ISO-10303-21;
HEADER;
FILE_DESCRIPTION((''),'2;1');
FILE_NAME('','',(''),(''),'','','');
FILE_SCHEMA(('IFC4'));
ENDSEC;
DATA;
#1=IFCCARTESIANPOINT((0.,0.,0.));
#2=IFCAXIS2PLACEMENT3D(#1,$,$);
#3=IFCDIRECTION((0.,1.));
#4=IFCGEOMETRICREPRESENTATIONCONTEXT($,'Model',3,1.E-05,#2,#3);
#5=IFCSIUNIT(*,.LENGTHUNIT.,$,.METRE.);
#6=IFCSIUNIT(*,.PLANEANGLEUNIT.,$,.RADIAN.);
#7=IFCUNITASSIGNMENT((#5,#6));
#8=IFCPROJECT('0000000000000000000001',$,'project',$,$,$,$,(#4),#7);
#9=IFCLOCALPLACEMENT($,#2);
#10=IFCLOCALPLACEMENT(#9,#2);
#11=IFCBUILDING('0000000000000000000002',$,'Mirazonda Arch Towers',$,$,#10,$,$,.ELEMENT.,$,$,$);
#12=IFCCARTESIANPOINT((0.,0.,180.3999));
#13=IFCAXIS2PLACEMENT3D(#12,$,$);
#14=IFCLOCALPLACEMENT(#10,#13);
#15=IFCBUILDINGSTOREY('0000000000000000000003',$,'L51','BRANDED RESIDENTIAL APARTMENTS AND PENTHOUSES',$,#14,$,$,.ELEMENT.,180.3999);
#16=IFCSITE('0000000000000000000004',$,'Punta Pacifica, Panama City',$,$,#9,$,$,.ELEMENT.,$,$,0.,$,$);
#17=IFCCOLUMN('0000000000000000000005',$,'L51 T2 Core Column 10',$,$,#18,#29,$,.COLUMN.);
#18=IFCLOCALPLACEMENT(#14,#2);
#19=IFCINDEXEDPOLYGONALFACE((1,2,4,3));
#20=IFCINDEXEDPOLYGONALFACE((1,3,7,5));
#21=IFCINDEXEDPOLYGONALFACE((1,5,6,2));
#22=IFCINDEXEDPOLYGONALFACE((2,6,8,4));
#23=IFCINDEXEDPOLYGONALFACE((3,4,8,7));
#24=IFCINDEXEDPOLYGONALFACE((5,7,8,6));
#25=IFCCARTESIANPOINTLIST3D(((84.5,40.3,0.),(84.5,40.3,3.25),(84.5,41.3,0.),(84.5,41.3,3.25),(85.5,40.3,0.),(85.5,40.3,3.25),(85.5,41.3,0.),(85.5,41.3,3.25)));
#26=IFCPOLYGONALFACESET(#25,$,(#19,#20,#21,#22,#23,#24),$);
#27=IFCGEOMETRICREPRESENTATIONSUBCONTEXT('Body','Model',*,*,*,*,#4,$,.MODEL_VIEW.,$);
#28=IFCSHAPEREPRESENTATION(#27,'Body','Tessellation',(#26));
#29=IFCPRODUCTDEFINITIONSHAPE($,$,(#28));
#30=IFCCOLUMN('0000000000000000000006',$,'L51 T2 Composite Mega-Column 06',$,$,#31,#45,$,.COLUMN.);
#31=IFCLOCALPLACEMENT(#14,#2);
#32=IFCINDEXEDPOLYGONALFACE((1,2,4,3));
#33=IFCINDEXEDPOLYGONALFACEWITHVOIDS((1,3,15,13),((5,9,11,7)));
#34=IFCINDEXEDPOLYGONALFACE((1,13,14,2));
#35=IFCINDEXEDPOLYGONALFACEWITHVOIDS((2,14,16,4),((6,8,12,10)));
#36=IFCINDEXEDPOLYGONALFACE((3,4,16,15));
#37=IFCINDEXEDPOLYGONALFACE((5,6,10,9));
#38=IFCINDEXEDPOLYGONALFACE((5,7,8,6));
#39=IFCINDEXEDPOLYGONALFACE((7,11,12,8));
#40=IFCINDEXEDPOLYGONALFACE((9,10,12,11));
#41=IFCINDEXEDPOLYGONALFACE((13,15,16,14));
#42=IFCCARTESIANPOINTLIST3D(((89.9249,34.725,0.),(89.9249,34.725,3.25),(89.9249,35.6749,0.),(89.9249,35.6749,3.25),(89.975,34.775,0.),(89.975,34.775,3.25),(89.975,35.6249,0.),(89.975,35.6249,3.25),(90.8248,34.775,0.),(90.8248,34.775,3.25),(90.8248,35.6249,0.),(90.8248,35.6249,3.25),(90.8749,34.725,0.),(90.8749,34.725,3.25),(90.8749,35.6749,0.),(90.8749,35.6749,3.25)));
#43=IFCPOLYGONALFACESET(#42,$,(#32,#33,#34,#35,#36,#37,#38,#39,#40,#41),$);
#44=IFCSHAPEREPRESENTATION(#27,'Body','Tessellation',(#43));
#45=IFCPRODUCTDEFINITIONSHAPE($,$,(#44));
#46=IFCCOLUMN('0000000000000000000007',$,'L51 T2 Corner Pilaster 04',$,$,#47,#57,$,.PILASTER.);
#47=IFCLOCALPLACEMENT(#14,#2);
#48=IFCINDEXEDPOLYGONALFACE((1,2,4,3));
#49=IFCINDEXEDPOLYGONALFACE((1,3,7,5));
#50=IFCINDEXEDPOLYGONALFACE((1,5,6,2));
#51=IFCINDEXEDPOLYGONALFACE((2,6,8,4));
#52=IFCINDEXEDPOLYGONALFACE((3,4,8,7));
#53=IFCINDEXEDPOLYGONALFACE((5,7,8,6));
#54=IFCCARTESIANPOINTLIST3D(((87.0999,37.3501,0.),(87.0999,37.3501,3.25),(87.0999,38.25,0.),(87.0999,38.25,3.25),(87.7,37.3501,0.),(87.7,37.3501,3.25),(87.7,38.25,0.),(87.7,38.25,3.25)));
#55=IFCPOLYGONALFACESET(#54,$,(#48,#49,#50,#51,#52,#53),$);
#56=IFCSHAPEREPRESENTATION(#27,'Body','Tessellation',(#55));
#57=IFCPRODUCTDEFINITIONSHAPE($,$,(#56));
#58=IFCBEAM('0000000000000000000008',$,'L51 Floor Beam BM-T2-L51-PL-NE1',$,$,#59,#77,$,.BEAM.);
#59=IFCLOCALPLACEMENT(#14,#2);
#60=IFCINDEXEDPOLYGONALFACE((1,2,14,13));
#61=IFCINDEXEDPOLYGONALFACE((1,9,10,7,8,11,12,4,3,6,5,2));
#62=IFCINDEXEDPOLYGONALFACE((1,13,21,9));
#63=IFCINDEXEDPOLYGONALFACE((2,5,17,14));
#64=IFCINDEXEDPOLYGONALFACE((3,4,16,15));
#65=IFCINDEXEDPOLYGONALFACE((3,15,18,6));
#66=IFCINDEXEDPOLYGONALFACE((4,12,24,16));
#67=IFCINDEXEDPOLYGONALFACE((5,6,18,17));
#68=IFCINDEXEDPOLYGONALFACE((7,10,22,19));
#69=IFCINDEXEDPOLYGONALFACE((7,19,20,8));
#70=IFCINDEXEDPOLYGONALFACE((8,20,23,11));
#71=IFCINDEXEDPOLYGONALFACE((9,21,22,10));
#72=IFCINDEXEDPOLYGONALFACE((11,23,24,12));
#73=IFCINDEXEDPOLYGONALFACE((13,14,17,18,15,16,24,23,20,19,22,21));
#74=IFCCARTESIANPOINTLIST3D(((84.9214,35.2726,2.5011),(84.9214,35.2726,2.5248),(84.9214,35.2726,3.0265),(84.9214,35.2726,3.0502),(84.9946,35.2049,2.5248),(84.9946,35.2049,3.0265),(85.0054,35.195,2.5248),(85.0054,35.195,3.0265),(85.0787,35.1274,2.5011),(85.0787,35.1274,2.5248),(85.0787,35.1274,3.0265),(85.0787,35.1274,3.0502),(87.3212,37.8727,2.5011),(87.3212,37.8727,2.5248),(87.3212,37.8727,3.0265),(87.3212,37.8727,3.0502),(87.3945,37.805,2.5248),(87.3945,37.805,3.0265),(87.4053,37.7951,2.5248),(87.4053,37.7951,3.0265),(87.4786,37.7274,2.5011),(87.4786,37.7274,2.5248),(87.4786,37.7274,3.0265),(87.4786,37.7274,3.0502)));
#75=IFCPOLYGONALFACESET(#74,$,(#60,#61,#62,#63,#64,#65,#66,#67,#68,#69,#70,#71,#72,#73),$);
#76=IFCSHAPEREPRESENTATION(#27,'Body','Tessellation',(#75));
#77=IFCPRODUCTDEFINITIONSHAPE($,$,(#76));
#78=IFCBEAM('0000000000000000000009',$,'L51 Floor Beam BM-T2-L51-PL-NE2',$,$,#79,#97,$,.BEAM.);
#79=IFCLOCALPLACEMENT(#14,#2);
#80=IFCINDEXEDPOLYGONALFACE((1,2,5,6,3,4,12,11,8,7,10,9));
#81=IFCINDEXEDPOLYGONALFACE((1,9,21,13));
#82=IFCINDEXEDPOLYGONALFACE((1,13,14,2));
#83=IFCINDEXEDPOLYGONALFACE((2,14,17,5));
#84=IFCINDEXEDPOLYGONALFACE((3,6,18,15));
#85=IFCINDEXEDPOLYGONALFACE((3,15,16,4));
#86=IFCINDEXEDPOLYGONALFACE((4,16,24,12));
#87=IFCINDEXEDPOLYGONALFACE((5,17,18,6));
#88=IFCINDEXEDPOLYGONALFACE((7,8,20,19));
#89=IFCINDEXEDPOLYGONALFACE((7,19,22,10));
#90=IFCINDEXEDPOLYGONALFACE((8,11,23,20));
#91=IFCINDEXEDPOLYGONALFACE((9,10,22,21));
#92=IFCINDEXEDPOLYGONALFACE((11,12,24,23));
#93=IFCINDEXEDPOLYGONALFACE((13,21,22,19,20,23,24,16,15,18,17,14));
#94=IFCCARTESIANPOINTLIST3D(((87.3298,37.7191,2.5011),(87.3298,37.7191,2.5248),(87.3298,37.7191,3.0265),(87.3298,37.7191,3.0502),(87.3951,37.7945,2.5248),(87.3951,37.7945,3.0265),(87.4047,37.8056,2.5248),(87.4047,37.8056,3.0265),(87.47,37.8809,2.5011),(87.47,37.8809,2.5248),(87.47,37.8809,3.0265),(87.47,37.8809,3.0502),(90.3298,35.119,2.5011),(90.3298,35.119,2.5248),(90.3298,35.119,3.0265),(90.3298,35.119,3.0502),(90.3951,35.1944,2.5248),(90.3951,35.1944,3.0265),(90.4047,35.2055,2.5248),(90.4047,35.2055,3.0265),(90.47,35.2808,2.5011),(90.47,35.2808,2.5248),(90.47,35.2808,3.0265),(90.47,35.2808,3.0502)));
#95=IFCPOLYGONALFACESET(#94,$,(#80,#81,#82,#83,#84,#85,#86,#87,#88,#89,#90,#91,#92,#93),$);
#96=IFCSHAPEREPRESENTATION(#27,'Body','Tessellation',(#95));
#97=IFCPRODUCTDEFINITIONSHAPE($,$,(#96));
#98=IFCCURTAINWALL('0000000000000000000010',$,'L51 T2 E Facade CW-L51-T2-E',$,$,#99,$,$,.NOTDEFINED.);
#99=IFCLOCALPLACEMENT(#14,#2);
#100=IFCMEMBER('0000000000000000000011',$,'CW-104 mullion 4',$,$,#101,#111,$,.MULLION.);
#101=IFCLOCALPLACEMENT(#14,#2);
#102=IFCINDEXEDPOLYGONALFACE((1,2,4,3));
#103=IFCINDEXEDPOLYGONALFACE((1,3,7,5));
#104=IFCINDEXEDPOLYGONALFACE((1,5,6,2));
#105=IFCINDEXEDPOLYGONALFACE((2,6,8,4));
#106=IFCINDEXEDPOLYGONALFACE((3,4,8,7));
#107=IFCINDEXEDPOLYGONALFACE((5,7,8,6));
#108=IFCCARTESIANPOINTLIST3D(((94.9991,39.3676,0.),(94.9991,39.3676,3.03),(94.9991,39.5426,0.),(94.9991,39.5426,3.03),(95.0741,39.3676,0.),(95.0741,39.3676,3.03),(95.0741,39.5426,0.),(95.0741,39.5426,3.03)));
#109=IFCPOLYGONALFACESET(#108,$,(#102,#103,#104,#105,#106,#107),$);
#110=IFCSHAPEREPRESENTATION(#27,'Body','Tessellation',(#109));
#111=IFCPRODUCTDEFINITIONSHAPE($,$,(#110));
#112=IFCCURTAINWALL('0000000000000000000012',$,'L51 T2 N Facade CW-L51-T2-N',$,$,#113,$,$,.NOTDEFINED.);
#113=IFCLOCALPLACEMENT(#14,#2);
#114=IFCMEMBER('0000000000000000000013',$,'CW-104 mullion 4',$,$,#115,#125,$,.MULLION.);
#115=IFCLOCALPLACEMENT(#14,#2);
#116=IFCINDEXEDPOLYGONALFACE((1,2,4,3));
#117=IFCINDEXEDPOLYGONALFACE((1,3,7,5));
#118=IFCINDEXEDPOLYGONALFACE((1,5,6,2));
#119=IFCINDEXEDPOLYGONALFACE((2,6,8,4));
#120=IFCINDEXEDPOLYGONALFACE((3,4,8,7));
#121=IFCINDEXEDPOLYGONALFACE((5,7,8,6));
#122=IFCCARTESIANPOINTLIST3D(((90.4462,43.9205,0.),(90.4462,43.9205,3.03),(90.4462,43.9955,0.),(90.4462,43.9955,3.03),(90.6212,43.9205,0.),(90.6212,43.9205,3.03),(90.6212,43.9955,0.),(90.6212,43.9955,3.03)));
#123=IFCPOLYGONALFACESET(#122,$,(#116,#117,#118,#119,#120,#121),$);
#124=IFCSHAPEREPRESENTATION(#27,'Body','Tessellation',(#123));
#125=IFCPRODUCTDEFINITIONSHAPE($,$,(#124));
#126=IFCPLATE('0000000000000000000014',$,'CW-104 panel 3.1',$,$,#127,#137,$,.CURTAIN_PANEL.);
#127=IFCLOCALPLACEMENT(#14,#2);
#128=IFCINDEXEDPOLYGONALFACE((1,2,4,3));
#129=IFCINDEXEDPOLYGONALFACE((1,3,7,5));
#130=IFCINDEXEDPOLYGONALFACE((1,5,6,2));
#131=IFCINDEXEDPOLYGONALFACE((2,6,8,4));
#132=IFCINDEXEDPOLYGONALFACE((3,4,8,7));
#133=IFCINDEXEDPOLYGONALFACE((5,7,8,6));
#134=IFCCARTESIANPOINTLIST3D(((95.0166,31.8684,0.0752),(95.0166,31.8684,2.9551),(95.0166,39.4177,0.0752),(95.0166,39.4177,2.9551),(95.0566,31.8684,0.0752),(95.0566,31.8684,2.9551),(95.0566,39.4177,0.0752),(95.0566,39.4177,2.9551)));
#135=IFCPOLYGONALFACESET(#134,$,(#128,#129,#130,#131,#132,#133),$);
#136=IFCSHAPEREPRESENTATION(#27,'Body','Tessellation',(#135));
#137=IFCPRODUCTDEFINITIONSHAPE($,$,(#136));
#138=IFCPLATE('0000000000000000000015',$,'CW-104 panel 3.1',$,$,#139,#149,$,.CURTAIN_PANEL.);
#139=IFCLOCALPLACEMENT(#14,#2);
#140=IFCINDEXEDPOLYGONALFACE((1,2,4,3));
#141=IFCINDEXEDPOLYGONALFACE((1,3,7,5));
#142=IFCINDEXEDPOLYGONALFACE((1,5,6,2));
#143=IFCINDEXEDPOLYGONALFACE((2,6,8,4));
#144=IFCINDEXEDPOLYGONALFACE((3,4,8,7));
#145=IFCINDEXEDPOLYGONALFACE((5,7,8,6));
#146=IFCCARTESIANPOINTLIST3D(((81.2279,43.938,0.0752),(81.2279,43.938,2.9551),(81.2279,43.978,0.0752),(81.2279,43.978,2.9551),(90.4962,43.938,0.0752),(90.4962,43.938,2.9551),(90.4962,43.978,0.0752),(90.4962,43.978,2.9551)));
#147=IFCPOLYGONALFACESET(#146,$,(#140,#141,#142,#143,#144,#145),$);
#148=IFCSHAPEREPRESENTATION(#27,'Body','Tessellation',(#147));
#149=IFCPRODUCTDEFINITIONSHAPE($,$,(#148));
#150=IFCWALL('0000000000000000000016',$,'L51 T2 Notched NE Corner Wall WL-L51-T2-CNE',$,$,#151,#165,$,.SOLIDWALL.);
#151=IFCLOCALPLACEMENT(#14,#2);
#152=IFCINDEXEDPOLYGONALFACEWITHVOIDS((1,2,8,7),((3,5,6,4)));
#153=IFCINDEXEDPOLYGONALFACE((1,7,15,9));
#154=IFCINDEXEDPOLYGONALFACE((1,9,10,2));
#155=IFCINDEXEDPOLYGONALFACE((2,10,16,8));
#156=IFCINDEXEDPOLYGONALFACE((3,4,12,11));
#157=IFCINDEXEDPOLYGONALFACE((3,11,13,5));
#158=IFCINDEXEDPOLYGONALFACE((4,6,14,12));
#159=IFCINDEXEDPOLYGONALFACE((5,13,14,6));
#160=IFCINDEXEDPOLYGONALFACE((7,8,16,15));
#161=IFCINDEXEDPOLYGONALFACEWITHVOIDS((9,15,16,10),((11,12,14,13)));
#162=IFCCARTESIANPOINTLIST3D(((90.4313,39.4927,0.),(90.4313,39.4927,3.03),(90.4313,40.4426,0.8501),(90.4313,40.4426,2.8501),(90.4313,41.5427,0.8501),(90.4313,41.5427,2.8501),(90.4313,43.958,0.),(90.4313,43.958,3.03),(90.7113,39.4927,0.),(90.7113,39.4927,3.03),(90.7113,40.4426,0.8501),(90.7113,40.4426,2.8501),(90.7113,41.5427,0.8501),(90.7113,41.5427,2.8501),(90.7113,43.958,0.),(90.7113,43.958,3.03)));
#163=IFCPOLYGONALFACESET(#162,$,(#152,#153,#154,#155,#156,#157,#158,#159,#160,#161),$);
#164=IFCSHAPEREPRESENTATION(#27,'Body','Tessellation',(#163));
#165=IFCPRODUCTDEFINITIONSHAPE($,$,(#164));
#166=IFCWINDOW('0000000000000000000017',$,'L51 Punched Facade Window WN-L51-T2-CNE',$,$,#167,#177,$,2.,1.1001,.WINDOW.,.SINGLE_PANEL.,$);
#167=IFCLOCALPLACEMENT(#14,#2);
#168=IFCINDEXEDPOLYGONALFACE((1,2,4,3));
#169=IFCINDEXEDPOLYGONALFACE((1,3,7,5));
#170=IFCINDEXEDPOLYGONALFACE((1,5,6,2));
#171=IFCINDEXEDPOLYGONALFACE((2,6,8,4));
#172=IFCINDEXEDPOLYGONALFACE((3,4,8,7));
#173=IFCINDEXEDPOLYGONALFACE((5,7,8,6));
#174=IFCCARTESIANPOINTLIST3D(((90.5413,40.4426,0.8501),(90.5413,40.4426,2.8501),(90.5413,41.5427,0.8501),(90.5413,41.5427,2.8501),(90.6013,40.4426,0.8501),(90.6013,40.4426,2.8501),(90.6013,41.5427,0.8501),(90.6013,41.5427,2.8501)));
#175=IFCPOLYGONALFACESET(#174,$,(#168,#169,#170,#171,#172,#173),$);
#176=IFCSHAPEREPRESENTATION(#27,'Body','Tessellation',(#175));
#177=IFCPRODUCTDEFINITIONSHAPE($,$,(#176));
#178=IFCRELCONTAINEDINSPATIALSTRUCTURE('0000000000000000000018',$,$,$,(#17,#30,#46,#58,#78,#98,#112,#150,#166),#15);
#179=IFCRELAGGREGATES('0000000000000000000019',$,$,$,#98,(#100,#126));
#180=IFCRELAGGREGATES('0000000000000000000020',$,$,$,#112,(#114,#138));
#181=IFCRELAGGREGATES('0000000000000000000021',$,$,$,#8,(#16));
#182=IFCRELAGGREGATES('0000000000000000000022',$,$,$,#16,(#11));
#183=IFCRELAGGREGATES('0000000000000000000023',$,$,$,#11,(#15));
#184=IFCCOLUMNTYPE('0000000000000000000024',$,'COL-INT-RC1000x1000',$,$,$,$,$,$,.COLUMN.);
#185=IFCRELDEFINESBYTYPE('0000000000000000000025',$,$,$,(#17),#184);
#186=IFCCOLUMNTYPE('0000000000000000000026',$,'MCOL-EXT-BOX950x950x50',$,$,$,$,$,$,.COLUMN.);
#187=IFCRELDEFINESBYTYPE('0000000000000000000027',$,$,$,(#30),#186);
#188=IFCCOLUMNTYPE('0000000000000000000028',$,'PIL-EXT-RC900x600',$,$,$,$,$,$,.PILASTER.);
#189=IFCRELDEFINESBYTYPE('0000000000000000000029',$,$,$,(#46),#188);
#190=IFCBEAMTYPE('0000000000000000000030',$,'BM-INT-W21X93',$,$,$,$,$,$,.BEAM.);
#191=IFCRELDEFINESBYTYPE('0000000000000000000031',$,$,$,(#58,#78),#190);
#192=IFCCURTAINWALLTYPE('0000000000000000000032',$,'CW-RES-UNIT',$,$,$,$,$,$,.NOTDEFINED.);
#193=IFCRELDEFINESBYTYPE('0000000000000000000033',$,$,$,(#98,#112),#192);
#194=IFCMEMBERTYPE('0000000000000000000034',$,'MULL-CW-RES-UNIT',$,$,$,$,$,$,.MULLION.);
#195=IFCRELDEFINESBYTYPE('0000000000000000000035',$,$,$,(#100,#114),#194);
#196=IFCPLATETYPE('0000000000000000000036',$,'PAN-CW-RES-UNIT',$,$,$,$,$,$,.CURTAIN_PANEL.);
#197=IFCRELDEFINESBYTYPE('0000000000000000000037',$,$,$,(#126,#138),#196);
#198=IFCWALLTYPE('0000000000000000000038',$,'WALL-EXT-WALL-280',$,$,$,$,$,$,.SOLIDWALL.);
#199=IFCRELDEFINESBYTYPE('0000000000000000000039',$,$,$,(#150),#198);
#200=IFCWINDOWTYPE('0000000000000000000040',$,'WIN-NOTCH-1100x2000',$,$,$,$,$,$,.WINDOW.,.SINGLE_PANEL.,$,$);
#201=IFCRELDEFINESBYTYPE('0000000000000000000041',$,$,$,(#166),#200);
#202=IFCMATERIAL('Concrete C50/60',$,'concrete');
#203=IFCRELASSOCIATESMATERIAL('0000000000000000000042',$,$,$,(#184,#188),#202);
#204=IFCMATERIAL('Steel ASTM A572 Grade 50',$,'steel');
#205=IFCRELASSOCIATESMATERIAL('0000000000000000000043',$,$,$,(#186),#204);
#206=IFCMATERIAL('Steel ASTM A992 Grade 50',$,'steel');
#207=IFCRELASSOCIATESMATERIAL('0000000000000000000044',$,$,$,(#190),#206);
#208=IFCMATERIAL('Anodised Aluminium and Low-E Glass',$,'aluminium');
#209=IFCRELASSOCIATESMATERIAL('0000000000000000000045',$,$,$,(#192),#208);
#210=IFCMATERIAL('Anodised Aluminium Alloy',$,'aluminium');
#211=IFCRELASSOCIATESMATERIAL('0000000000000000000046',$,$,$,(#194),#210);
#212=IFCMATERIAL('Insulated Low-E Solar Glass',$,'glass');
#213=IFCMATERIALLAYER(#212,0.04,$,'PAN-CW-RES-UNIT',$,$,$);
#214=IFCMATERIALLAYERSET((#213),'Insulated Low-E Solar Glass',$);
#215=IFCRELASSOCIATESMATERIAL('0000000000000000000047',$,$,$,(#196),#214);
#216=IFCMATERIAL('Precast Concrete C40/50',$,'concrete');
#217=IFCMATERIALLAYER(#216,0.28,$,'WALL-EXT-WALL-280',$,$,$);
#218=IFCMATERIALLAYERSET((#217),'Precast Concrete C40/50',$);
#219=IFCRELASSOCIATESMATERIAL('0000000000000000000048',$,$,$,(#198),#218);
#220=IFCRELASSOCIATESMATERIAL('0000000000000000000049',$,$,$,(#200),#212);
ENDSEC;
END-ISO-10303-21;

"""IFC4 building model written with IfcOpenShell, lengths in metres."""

from ifc_helpers import new_model, si_unit, direction, frame, frame_2d, origin, origin_2d, place, context, subcontext, project, spatial, rectangle, hollow_rectangle, i_section, extrude, material, layer, layer_set, material_profile, profile_set, type_object, element, fill, aggregate, save


model = new_model("IFC4")

# Units and contexts
model_context = context("Model", 3, precision=1e-05, world=origin(), true_north=direction((0.0, 1.0)))
body_context = subcontext(model_context, "Body", "Model", "MODEL_VIEW")
ifc_project = project(units=[si_unit("LENGTHUNIT", "METRE"), si_unit("PLANEANGLEUNIT", "RADIAN")], contexts=[model_context])

# Site, building, storey
site_placement = place(None, origin())
site = spatial("IfcSite", under=ifc_project, at=site_placement, Name="Punta Pacifica, Panama City", CompositionType="ELEMENT", RefElevation=0.0)
building_placement = place(site_placement, origin())
building = spatial("IfcBuilding", under=site, at=building_placement, Name="Mirazonda Arch Towers", CompositionType="ELEMENT")
storey_placement = place(building_placement, frame((0.0, 0.0, 180.3999)))
storey = spatial("IfcBuildingStorey", under=building, at=storey_placement, Name="L51", Description="BRANDED RESIDENTIAL APARTMENTS AND PENTHOUSES", CompositionType="ELEMENT", Elevation=180.3999)

# Columns
ifc_material_1 = material(Name="Concrete C50/60", Category="concrete")
ifc_material_profile_1 = material_profile(ifc_material_1, rectangle(XDim=1.0, YDim=1.0, at=origin_2d()), Name="RC1000x1000")
ifc_profile_set_1 = profile_set([ifc_material_profile_1], Name="Concrete C50/60")
column_type_1 = type_object("IfcColumnType", Name="COL-INT-RC1000x1000", PredefinedType="COLUMN", material=ifc_profile_set_1)
column_1_placement = place(storey_placement, frame((85.0, 40.8, 0.0), z_axis=(0.0, 0.0, 1.0), x_axis=(1.0, 0.0, 0.0)))
element("IfcColumn", 1, at=column_1_placement, inside=storey, type_object=column_type_1, Name="L51 T2 Core Column 10", PredefinedType="COLUMN", context=body_context, shape_type="SweptSolid", body=[
    extrude(rectangle(XDim=1.0, YDim=1.0, at=origin_2d()), origin(), (0.0, 0.0, 1.0), 3.25),
])
ifc_material_2 = material(Name="Steel ASTM A572 Grade 50", Category="steel")
ifc_material_profile_2 = material_profile(ifc_material_2, hollow_rectangle(XDim=0.95, YDim=0.95, WallThickness=0.05, at=origin_2d()), Name="BOX950x950x50")
ifc_profile_set_2 = profile_set([ifc_material_profile_2], Name="Steel ASTM A572 Grade 50")
column_type_2 = type_object("IfcColumnType", Name="MCOL-EXT-BOX950x950x50", PredefinedType="COLUMN", material=ifc_profile_set_2)
column_2_placement = place(storey_placement, frame((90.3999, 35.2, 0.0), z_axis=(0.0, 0.0, 1.0), x_axis=(1.0, 0.0, 0.0)))
element("IfcColumn", 2, at=column_2_placement, inside=storey, type_object=column_type_2, Name="L51 T2 Composite Mega-Column 06", PredefinedType="COLUMN", context=body_context, shape_type="SweptSolid", body=[
    extrude(hollow_rectangle(XDim=0.95, YDim=0.95, WallThickness=0.05, at=origin_2d()), origin(), (0.0, 0.0, 1.0), 3.25),
])
ifc_material_profile_3 = material_profile(ifc_material_1, rectangle(XDim=0.6001, YDim=0.8999, at=origin_2d()), Name="RC900x600")
ifc_profile_set_3 = profile_set([ifc_material_profile_3], Name="Concrete C50/60")
column_type_3 = type_object("IfcColumnType", Name="PIL-EXT-RC900x600", PredefinedType="PILASTER", material=ifc_profile_set_3)
column_3_placement = place(storey_placement, frame((87.3999, 37.8, 0.0), z_axis=(0.0, 0.0, 1.0), x_axis=(1.0, 0.0, 0.0)))
element("IfcColumn", 3, at=column_3_placement, inside=storey, type_object=column_type_3, Name="L51 T2 Corner Pilaster 04", PredefinedType="PILASTER", context=body_context, shape_type="SweptSolid", body=[
    extrude(rectangle(XDim=0.6001, YDim=0.8999, at=origin_2d()), origin(), (0.0, 0.0, 1.0), 3.25),
])

# Beams
ifc_material_3 = material(Name="Steel ASTM A992 Grade 50", Category="steel")
ifc_material_profile_4 = material_profile(ifc_material_3, i_section(OverallWidth=0.2141, OverallDepth=0.5491, WebThickness=0.0146, FlangeThickness=0.0237, at=origin_2d()), Name="W21X93")
ifc_profile_set_4 = profile_set([ifc_material_profile_4], Name="Steel ASTM A992 Grade 50")
beam_type = type_object("IfcBeamType", Name="BM-INT-W21X93", PredefinedType="BEAM", material=ifc_profile_set_4)
beam_1_placement = place(storey_placement, frame((87.3999, 37.8, 2.7756), z_axis=(-0.678251, -0.73483, 0.0), x_axis=(0.73483, -0.678251, 0.0)))
element("IfcBeam", 4, at=beam_1_placement, inside=storey, type_object=beam_type, Name="L51 Floor Beam BM-T2-L51-PL-NE1", PredefinedType="BEAM", context=body_context, shape_type="SweptSolid", body=[
    extrude(i_section(OverallWidth=0.2141, OverallDepth=0.5491, WebThickness=0.0146, FlangeThickness=0.0237, at=origin_2d()), origin(), (0.0, 0.0, 1.0), 3.5383),
])
beam_2_placement = place(storey_placement, frame((87.3999, 37.8, 2.7756), z_axis=(0.755677, -0.654945, 0.0), x_axis=(0.654945, 0.755677, 0.0)))
element("IfcBeam", 5, at=beam_2_placement, inside=storey, type_object=beam_type, Name="L51 Floor Beam BM-T2-L51-PL-NE2", PredefinedType="BEAM", context=body_context, shape_type="SweptSolid", body=[
    extrude(i_section(OverallWidth=0.2141, OverallDepth=0.5491, WebThickness=0.0146, FlangeThickness=0.0237, at=origin_2d()), origin(), (0.0, 0.0, 1.0), 3.97),
])

# Curtain walls, members
ifc_material_4 = material(Name="Anodised Aluminium and Low-E Glass", Category="aluminium")
curtain_wall_type = type_object("IfcCurtainWallType", Name="CW-RES-UNIT", PredefinedType="NOTDEFINED", material=ifc_material_4)
curtain_wall_1_placement = place(storey_placement, origin())
curtain_wall_1 = element("IfcCurtainWall", 6, at=curtain_wall_1_placement, inside=storey, type_object=curtain_wall_type, Name="L51 T2 E Facade CW-L51-T2-E", PredefinedType="NOTDEFINED")
ifc_material_5 = material(Name="Anodised Aluminium Alloy", Category="aluminium")
ifc_material_profile_5 = material_profile(ifc_material_5, rectangle(XDim=0.075, YDim=0.175, at=origin_2d()), Name="ALU-MULL-75x175")
ifc_profile_set_5 = profile_set([ifc_material_profile_5], Name="Anodised Aluminium Alloy")
member_type = type_object("IfcMemberType", Name="MULL-CW-RES-UNIT", PredefinedType="MULLION", material=ifc_profile_set_5)
member_1_placement = place(storey_placement, frame((95.0366, 39.4551, 0.0), z_axis=(0.0, 0.0, 1.0), x_axis=(-1.0, 0.0, 0.0)))
member_1 = element("IfcMember", 7, at=member_1_placement, type_object=member_type, Name="CW-104 mullion 4", PredefinedType="MULLION", context=body_context, shape_type="SweptSolid", body=[
    extrude(rectangle(XDim=0.075, YDim=0.175, at=origin_2d()), origin(), (0.0, 0.0, 1.0), 3.03),
])
curtain_wall_2_placement = place(storey_placement, origin())
curtain_wall_2 = element("IfcCurtainWall", 8, at=curtain_wall_2_placement, inside=storey, type_object=curtain_wall_type, Name="L51 T2 N Facade CW-L51-T2-N", PredefinedType="NOTDEFINED")
member_2_placement = place(storey_placement, frame((90.5337, 43.958, 0.0), z_axis=(0.0, 0.0, 1.0), x_axis=(0.0, 1.0, 0.0)))
member_2 = element("IfcMember", 9, at=member_2_placement, type_object=member_type, Name="CW-104 mullion 4", PredefinedType="MULLION", context=body_context, shape_type="SweptSolid", body=[
    extrude(rectangle(XDim=0.075, YDim=0.175, at=origin_2d()), origin(), (0.0, 0.0, 1.0), 3.03),
])

# Plates
ifc_material_6 = material(Name="Insulated Low-E Solar Glass", Category="glass")
ifc_layer_1 = layer(ifc_material_6, 0.04, Name="PAN-CW-RES-UNIT")
ifc_layer_set_1 = layer_set([ifc_layer_1], Name="Insulated Low-E Solar Glass")
plate_type = type_object("IfcPlateType", Name="PAN-CW-RES-UNIT", PredefinedType="CURTAIN_PANEL", material=ifc_layer_set_1)
plate_1_placement = place(storey_placement, frame((95.0366, 35.6431, 0.0752), z_axis=(0.0, 0.0, 1.0), x_axis=(0.0, 1.0, 0.0)))
plate_1 = element("IfcPlate", 10, at=plate_1_placement, type_object=plate_type, Name="CW-104 panel 3.1", PredefinedType="CURTAIN_PANEL", context=body_context, shape_type="SweptSolid", body=[
    extrude(rectangle(XDim=7.5493, YDim=0.04, at=origin_2d()), origin(), (0.0, 0.0, 1.0), 2.8799),
])
aggregate(curtain_wall_1, [member_1, plate_1])
plate_2_placement = place(storey_placement, frame((85.8621, 43.958, 0.0752), z_axis=(0.0, 0.0, 1.0), x_axis=(1.0, 0.0, 0.0)))
plate_2 = element("IfcPlate", 11, at=plate_2_placement, type_object=plate_type, Name="CW-104 panel 3.1", PredefinedType="CURTAIN_PANEL", context=body_context, shape_type="SweptSolid", body=[
    extrude(rectangle(XDim=9.2683, YDim=0.04, at=origin_2d()), origin(), (0.0, 0.0, 1.0), 2.8799),
])
aggregate(curtain_wall_2, [member_2, plate_2])

# Wall, opening, window
ifc_material_7 = material(Name="Precast Concrete C40/50", Category="concrete")
ifc_layer_2 = layer(ifc_material_7, 0.28, Name="WALL-EXT-WALL-280")
ifc_layer_set_2 = layer_set([ifc_layer_2], Name="Precast Concrete C40/50")
wall_type_1 = type_object("IfcWallType", Name="WALL-EXT-WALL-280", PredefinedType="SOLIDWALL", material=ifc_layer_set_2)
wall_1_placement = place(storey_placement, frame((90.5713, 39.4927, 0.0), z_axis=(0.0, 0.0, 1.0), x_axis=(0.0, 1.0, 0.0)))
wall_1 = element("IfcWall", 12, at=wall_1_placement, inside=storey, type_object=wall_type_1, Name="L51 T2 Notched NE Corner Wall WL-L51-T2-CNE", PredefinedType="SOLIDWALL", context=body_context, shape_type="SweptSolid", body=[
    extrude(rectangle(XDim=4.4653, YDim=0.28, at=frame_2d((2.2327, 0.0))), origin(), (0.0, 0.0, 1.0), 3.03),
])
opening_1_placement = place(wall_1_placement, frame((0.95, 0.0, 0.8501)))
opening_1 = element("IfcOpeningElement", 13, at=opening_1_placement, cuts=wall_1, PredefinedType="OPENING", context=body_context, shape_type="SweptSolid", body=[
    extrude(rectangle(XDim=1.1001, YDim=2.0, at=frame_2d((0.55, 1.0))), frame((0.0, 0.1499, 0.0), z_axis=(0.0, -1.0, 0.0), x_axis=(1.0, 0.0, 0.0)), (0.0, 0.0, 1.0), 0.3),
])
window_type = type_object("IfcWindowType", Name="WIN-NOTCH-1100x2000", PartitioningType="SINGLE_PANEL", PredefinedType="WINDOW", material=ifc_material_6)
window_1_placement = place(opening_1_placement, origin())
window_1 = element("IfcWindow", 14, at=window_1_placement, inside=storey, type_object=window_type, Name="L51 Punched Facade Window WN-L51-T2-CNE", OverallHeight=2.0, OverallWidth=1.1001, PartitioningType="SINGLE_PANEL", PredefinedType="WINDOW", context=body_context, shape_type="SweptSolid", body=[
    extrude(rectangle(XDim=1.1001, YDim=2.0, at=frame_2d((0.55, 1.0))), frame((0.0, 0.03, 0.0), z_axis=(0.0, -1.0, 0.0), x_axis=(1.0, 0.0, 0.0)), (0.0, 0.0, 1.0), 0.0601),
])
fill(opening_1, window_1)

save(model, "model.ifc")
